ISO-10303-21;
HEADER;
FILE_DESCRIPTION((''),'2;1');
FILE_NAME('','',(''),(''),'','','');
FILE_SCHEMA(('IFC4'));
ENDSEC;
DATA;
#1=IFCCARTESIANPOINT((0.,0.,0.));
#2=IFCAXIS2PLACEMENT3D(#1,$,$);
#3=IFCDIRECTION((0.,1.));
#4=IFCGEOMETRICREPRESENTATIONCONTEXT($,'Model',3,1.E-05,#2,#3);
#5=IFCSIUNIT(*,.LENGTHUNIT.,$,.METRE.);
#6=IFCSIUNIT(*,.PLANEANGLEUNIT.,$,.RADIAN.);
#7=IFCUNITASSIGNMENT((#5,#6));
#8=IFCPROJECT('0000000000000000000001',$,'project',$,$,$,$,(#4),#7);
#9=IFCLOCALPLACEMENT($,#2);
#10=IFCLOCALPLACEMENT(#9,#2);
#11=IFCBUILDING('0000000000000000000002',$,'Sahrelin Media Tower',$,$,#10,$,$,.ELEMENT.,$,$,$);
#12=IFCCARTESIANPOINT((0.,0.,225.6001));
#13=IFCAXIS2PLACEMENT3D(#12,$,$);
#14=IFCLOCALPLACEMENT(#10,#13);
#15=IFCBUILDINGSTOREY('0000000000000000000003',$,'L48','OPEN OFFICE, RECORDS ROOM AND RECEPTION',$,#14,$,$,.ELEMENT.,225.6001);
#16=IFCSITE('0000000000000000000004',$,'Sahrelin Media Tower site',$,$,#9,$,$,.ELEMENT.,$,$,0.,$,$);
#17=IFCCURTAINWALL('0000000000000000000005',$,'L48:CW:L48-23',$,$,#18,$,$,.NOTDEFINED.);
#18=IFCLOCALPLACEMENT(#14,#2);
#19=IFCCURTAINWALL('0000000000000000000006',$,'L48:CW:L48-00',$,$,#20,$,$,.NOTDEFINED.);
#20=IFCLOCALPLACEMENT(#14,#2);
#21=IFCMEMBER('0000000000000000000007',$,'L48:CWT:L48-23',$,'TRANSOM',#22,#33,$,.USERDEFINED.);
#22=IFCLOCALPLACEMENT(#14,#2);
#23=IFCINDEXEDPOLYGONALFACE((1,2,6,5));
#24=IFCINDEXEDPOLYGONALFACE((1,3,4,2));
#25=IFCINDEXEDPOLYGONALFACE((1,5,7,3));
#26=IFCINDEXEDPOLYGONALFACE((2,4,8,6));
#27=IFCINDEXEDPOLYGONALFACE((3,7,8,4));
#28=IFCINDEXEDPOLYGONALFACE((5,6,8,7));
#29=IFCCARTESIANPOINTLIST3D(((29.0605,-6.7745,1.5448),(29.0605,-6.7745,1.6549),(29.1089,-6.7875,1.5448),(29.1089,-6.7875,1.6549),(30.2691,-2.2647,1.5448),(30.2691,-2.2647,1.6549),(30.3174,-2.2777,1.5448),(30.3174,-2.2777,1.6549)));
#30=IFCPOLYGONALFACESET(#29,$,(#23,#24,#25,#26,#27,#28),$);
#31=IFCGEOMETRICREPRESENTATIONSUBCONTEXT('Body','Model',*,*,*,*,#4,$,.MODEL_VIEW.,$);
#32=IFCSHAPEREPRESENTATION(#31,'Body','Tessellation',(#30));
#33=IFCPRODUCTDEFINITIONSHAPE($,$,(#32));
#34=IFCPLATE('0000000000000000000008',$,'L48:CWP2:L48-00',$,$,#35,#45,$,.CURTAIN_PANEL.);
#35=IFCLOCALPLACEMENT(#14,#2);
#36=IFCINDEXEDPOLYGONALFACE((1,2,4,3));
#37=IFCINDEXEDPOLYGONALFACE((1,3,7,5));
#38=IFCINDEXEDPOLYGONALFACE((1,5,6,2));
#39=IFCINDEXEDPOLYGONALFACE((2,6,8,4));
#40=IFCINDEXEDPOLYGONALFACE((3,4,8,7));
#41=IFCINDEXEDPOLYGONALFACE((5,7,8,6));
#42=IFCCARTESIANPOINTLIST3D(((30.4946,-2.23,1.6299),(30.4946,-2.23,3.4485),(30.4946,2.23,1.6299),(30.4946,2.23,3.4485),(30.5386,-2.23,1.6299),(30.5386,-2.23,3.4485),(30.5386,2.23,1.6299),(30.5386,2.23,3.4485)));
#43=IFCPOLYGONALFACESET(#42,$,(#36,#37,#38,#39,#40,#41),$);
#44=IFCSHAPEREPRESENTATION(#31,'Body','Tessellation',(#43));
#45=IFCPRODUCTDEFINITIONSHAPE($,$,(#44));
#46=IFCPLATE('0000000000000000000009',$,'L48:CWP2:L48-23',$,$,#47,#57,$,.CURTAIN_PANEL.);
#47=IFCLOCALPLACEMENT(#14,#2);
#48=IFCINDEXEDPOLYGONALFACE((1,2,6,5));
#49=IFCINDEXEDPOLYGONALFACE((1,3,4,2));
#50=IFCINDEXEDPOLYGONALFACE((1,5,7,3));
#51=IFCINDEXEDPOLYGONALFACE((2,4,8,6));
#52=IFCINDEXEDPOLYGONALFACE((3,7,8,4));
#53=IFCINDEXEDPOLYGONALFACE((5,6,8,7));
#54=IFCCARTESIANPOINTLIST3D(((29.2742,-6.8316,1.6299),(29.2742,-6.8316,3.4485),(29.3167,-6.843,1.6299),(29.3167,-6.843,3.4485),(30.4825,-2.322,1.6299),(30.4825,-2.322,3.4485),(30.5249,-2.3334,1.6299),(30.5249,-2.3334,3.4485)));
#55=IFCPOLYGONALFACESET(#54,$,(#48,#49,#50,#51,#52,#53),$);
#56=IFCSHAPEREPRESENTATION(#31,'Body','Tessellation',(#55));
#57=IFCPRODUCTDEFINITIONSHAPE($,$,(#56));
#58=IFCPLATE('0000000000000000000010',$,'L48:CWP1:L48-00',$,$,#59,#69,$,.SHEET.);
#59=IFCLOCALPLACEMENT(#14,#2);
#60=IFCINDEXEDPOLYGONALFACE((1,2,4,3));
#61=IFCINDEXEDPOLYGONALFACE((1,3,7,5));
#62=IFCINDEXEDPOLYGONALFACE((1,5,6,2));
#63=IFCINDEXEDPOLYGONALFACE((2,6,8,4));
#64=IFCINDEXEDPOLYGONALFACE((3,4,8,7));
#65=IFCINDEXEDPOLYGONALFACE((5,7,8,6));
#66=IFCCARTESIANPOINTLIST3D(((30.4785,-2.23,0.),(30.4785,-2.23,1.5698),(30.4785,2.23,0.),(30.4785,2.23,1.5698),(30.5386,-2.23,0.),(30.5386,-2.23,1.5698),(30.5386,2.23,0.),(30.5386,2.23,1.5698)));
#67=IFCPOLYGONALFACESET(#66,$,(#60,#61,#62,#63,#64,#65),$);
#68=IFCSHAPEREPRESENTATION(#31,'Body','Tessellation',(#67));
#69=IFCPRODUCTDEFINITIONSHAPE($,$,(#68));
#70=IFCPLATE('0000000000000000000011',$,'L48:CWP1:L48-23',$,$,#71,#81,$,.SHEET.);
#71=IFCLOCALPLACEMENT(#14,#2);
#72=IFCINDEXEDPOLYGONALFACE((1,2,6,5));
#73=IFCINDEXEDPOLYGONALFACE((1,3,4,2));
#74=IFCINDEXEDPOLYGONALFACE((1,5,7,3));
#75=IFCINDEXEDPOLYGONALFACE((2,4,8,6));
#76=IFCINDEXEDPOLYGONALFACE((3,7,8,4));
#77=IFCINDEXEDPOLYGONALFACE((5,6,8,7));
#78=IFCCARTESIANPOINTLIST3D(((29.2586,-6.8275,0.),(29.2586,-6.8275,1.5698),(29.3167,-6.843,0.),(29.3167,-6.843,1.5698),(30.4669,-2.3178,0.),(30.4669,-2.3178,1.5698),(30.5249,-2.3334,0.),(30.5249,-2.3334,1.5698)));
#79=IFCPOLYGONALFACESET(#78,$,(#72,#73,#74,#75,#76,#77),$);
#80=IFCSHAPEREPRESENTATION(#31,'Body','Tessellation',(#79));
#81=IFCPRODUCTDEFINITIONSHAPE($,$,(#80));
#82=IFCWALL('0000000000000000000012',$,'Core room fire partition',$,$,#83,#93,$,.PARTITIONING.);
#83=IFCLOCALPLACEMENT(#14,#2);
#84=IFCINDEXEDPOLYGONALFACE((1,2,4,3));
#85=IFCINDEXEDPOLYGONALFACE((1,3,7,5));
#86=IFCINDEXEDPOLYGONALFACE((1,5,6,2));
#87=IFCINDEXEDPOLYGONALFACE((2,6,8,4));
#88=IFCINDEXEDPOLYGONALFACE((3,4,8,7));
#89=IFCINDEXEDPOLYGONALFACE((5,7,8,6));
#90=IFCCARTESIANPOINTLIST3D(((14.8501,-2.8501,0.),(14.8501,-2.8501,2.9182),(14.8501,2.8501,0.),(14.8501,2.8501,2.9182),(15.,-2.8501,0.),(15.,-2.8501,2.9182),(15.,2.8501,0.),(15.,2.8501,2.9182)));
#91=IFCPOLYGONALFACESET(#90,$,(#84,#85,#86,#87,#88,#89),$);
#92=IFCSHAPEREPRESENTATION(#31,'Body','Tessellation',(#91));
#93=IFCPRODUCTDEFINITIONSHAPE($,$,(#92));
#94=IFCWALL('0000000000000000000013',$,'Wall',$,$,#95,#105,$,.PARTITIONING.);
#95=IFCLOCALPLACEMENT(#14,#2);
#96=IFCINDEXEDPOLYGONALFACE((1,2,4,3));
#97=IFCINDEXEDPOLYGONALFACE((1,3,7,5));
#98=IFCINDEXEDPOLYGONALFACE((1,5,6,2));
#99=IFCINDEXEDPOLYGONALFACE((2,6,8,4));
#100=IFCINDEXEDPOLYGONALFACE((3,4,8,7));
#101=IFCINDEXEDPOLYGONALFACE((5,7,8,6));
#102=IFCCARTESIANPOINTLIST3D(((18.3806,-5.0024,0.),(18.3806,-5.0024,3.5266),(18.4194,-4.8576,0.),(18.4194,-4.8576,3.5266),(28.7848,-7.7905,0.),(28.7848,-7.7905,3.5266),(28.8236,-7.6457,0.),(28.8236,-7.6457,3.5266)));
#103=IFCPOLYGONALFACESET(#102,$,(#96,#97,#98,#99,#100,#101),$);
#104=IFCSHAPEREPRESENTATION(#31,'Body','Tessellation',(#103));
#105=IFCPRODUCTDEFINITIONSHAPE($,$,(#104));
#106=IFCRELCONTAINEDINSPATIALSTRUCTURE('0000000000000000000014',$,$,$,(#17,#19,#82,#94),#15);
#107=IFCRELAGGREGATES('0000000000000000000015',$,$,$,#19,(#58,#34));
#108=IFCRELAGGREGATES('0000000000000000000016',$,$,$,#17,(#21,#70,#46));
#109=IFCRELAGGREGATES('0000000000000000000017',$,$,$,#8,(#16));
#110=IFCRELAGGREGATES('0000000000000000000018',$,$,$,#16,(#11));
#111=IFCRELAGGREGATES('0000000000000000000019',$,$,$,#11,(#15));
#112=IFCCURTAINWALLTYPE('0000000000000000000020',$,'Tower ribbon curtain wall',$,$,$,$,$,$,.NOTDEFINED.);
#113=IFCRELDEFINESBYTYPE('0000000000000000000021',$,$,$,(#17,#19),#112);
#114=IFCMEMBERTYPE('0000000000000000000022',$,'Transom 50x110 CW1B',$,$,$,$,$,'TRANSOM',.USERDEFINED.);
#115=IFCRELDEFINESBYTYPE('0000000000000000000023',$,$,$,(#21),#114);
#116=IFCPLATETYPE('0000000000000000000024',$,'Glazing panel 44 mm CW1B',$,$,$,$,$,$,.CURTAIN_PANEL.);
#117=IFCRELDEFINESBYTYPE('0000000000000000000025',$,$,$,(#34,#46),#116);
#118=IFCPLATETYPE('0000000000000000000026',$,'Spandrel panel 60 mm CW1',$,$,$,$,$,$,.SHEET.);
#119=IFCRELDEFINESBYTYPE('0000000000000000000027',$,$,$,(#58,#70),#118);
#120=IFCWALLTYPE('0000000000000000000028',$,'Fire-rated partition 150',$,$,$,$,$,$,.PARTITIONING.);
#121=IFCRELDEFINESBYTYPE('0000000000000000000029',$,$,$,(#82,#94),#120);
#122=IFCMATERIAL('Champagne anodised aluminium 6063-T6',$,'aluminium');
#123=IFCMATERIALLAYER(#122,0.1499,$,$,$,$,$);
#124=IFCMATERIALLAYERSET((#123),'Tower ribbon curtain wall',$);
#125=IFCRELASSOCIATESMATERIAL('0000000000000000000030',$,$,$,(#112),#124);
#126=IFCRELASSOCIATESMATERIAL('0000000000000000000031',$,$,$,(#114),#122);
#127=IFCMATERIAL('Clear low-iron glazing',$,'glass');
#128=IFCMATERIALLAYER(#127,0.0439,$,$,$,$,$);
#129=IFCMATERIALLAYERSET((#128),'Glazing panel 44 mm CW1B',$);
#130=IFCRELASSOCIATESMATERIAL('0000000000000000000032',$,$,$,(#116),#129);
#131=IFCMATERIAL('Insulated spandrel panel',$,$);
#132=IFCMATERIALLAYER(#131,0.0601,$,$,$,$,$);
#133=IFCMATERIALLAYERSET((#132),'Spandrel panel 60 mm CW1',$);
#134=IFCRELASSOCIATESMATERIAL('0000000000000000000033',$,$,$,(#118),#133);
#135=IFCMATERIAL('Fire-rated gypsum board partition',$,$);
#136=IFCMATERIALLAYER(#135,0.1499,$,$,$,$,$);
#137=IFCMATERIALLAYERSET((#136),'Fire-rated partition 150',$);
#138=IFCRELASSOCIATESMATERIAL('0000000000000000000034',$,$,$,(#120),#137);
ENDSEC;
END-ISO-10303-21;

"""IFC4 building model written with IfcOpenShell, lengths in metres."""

from ifc_helpers import new_model, si_unit, direction, frame, frame_2d, origin, origin_2d, place, context, subcontext, project, spatial, polyline, rectangle, outline, extrude, material, layer, layer_set, material_profile, profile_set, type_object, element, aggregate, save


model = new_model("IFC4")

# Units and contexts
model_context = context("Model", 3, precision=1e-05, world=origin(), true_north=direction((0.0, 1.0)))
body_context = subcontext(model_context, "Body", "Model", "MODEL_VIEW")
ifc_project = project(units=[si_unit("LENGTHUNIT", "METRE"), si_unit("PLANEANGLEUNIT", "RADIAN")], contexts=[model_context])

# Site, building, storey
site_placement = place(None, origin())
site = spatial("IfcSite", under=ifc_project, at=site_placement, Name="Sahrelin Media Tower site", CompositionType="ELEMENT", RefElevation=0.0)
building_placement = place(site_placement, origin())
building = spatial("IfcBuilding", under=site, at=building_placement, Name="Sahrelin Media Tower", CompositionType="ELEMENT")
storey_placement = place(building_placement, frame((0.0, 0.0, 225.6001)))
storey = spatial("IfcBuildingStorey", under=building, at=storey_placement, Name="L48", Description="OPEN OFFICE, RECORDS ROOM AND RECEPTION", CompositionType="ELEMENT", Elevation=225.6001)

# Curtain wall
ifc_material_1 = material(Name="Champagne anodised aluminium 6063-T6", Category="aluminium")
ifc_layer_1 = layer(ifc_material_1, 0.1499)
ifc_layer_set_1 = layer_set([ifc_layer_1], Name="Tower ribbon curtain wall")
curtain_wall_type = type_object("IfcCurtainWallType", Name="Tower ribbon curtain wall", PredefinedType="NOTDEFINED", material=ifc_layer_set_1)
curtain_wall_1_placement = place(storey_placement, frame((29.9016, -4.583, 0.0), z_axis=(0.0, 0.0, 1.0), x_axis=(1.0, 0.0, 0.0)))
curtain_wall_1 = element("IfcCurtainWall", 1, at=curtain_wall_1_placement, inside=storey, type_object=curtain_wall_type, Name="L48:CW:L48-23", PredefinedType="NOTDEFINED")

# Curtain wall
curtain_wall_2_placement = place(storey_placement, frame((30.5186, 0.0, 0.0), z_axis=(0.0, 0.0, 1.0), x_axis=(1.0, 0.0, 0.0)))
curtain_wall_2 = element("IfcCurtainWall", 2, at=curtain_wall_2_placement, inside=storey, type_object=curtain_wall_type, Name="L48:CW:L48-00", PredefinedType="NOTDEFINED")
ifc_material_profile_1 = material_profile(ifc_material_1, rectangle(XDim=0.05, YDim=0.1101, at=origin_2d()), Name="Transom 50x110")
ifc_profile_set_1 = profile_set([ifc_material_profile_1], Name="Champagne anodised aluminium 6063-T6")
member_type_1 = type_object("IfcMemberType", Name="Transom 50x110 CW1B", ElementType="TRANSOM", PredefinedType="USERDEFINED", material=ifc_profile_set_1)

# Member
member_1_placement = place(storey_placement, frame((29.0847, -6.781, 1.5999), z_axis=(0.258841, 0.96592, 0.0), x_axis=(-0.96592, 0.258841, 0.0)))
member_1 = element("IfcMember", 3, at=member_1_placement, type_object=member_type_1, Name="L48:CWT:L48-23", ObjectType="TRANSOM", PredefinedType="USERDEFINED", context=body_context, shape_type="SweptSolid", body=[
    extrude(rectangle(XDim=0.05, YDim=0.1101, at=origin_2d()), origin(), (0.0, 0.0, 1.0), 4.6689),
])

# Plates
ifc_material_2 = material(Name="Clear low-iron glazing", Category="glass")
ifc_layer_2 = layer(ifc_material_2, 0.0439)
ifc_layer_set_2 = layer_set([ifc_layer_2], Name="Glazing panel 44 mm CW1B")
plate_type_1 = type_object("IfcPlateType", Name="Glazing panel 44 mm CW1B", PredefinedType="CURTAIN_PANEL", material=ifc_layer_set_2)
plate_1_placement = place(storey_placement, frame((30.5386, -2.23, 1.6299), z_axis=(1.0, 0.0, 0.0), x_axis=(0.0, 1.0, 0.0)))
plate_1 = element("IfcPlate", 4, at=plate_1_placement, type_object=plate_type_1, Name="L48:CWP2:L48-00", PredefinedType="CURTAIN_PANEL", context=body_context, shape_type="SweptSolid", body=[
    extrude(outline(polyline([(0.0, 0.0), (4.46, 0.0), (4.46, 1.8186), (0.0, 1.8186), (0.0, 0.0)])), origin(), (0.0, 0.0, -1.0), 0.0439),
])
plate_2_placement = place(storey_placement, frame((29.3167, -6.843, 1.6299), z_axis=(0.96593, -0.258805, 0.0), x_axis=(0.258805, 0.96593, 0.0)))
plate_2 = element("IfcPlate", 5, at=plate_2_placement, type_object=plate_type_1, Name="L48:CWP2:L48-23", PredefinedType="CURTAIN_PANEL", context=body_context, shape_type="SweptSolid", body=[
    extrude(outline(polyline([(0.0, 0.0), (4.6687, 0.0), (4.6687, 1.8186), (0.0, 1.8186), (0.0, 0.0)])), origin(), (0.0, 0.0, -1.0), 0.0439),
])
ifc_material_3 = material(Name="Insulated spandrel panel")
ifc_layer_3 = layer(ifc_material_3, 0.0601)
ifc_layer_set_3 = layer_set([ifc_layer_3], Name="Spandrel panel 60 mm CW1")
plate_type_2 = type_object("IfcPlateType", Name="Spandrel panel 60 mm CW1", PredefinedType="SHEET", material=ifc_layer_set_3)
plate_3_placement = place(storey_placement, frame((30.5386, -2.23, 0.0), z_axis=(1.0, 0.0, 0.0), x_axis=(0.0, 1.0, 0.0)))
plate_3 = element("IfcPlate", 6, at=plate_3_placement, type_object=plate_type_2, Name="L48:CWP1:L48-00", PredefinedType="SHEET", context=body_context, shape_type="SweptSolid", body=[
    extrude(outline(polyline([(0.0, 0.0), (4.46, 0.0), (4.46, 1.5698), (0.0, 1.5698), (0.0, 0.0)])), origin(), (0.0, 0.0, -1.0), 0.0601),
])
aggregate(curtain_wall_2, [plate_3, plate_1])
plate_4_placement = place(storey_placement, frame((29.3167, -6.843, 0.0), z_axis=(0.96593, -0.258805, 0.0), x_axis=(0.258805, 0.96593, 0.0)))
plate_4 = element("IfcPlate", 7, at=plate_4_placement, type_object=plate_type_2, Name="L48:CWP1:L48-23", PredefinedType="SHEET", context=body_context, shape_type="SweptSolid", body=[
    extrude(outline(polyline([(0.0, 0.0), (4.6687, 0.0), (4.6687, 1.5698), (0.0, 1.5698), (0.0, 0.0)])), origin(), (0.0, 0.0, -1.0), 0.0601),
])
aggregate(curtain_wall_1, [member_1, plate_4, plate_2])

# Walls
ifc_material_4 = material(Name="Fire-rated gypsum board partition")
ifc_layer_4 = layer(ifc_material_4, 0.1499)
ifc_layer_set_4 = layer_set([ifc_layer_4], Name="Fire-rated partition 150")
wall_type_1 = type_object("IfcWallType", Name="Fire-rated partition 150", PredefinedType="PARTITIONING", material=ifc_layer_set_4)
wall_1_placement = place(storey_placement, frame((14.925, -2.8501, 0.0), z_axis=(0.0, 0.0, 1.0), x_axis=(0.0, 1.0, 0.0)))
element("IfcWall", 8, at=wall_1_placement, inside=storey, type_object=wall_type_1, Name="Core room fire partition", PredefinedType="PARTITIONING", context=body_context, shape_type="SweptSolid", body=[
    extrude(rectangle(XDim=5.7002, YDim=0.1499, at=frame_2d((2.8501, 0.0))), origin(), (0.0, 0.0, 1.0), 2.9182),
])
wall_2_placement = place(storey_placement, frame((18.3999, -4.9299, 0.0), z_axis=(0.0, 0.0, 1.0), x_axis=(0.965918, -0.258847, 0.0)))
element("IfcWall", 9, at=wall_2_placement, inside=storey, type_object=wall_type_1, Name="Wall", PredefinedType="PARTITIONING", context=body_context, shape_type="SweptSolid", body=[
    extrude(rectangle(XDim=10.7712, YDim=0.1499, at=frame_2d((5.3857, 0.0))), origin(), (0.0, 0.0, 1.0), 3.5266),
])

save(model, "model.ifc")
